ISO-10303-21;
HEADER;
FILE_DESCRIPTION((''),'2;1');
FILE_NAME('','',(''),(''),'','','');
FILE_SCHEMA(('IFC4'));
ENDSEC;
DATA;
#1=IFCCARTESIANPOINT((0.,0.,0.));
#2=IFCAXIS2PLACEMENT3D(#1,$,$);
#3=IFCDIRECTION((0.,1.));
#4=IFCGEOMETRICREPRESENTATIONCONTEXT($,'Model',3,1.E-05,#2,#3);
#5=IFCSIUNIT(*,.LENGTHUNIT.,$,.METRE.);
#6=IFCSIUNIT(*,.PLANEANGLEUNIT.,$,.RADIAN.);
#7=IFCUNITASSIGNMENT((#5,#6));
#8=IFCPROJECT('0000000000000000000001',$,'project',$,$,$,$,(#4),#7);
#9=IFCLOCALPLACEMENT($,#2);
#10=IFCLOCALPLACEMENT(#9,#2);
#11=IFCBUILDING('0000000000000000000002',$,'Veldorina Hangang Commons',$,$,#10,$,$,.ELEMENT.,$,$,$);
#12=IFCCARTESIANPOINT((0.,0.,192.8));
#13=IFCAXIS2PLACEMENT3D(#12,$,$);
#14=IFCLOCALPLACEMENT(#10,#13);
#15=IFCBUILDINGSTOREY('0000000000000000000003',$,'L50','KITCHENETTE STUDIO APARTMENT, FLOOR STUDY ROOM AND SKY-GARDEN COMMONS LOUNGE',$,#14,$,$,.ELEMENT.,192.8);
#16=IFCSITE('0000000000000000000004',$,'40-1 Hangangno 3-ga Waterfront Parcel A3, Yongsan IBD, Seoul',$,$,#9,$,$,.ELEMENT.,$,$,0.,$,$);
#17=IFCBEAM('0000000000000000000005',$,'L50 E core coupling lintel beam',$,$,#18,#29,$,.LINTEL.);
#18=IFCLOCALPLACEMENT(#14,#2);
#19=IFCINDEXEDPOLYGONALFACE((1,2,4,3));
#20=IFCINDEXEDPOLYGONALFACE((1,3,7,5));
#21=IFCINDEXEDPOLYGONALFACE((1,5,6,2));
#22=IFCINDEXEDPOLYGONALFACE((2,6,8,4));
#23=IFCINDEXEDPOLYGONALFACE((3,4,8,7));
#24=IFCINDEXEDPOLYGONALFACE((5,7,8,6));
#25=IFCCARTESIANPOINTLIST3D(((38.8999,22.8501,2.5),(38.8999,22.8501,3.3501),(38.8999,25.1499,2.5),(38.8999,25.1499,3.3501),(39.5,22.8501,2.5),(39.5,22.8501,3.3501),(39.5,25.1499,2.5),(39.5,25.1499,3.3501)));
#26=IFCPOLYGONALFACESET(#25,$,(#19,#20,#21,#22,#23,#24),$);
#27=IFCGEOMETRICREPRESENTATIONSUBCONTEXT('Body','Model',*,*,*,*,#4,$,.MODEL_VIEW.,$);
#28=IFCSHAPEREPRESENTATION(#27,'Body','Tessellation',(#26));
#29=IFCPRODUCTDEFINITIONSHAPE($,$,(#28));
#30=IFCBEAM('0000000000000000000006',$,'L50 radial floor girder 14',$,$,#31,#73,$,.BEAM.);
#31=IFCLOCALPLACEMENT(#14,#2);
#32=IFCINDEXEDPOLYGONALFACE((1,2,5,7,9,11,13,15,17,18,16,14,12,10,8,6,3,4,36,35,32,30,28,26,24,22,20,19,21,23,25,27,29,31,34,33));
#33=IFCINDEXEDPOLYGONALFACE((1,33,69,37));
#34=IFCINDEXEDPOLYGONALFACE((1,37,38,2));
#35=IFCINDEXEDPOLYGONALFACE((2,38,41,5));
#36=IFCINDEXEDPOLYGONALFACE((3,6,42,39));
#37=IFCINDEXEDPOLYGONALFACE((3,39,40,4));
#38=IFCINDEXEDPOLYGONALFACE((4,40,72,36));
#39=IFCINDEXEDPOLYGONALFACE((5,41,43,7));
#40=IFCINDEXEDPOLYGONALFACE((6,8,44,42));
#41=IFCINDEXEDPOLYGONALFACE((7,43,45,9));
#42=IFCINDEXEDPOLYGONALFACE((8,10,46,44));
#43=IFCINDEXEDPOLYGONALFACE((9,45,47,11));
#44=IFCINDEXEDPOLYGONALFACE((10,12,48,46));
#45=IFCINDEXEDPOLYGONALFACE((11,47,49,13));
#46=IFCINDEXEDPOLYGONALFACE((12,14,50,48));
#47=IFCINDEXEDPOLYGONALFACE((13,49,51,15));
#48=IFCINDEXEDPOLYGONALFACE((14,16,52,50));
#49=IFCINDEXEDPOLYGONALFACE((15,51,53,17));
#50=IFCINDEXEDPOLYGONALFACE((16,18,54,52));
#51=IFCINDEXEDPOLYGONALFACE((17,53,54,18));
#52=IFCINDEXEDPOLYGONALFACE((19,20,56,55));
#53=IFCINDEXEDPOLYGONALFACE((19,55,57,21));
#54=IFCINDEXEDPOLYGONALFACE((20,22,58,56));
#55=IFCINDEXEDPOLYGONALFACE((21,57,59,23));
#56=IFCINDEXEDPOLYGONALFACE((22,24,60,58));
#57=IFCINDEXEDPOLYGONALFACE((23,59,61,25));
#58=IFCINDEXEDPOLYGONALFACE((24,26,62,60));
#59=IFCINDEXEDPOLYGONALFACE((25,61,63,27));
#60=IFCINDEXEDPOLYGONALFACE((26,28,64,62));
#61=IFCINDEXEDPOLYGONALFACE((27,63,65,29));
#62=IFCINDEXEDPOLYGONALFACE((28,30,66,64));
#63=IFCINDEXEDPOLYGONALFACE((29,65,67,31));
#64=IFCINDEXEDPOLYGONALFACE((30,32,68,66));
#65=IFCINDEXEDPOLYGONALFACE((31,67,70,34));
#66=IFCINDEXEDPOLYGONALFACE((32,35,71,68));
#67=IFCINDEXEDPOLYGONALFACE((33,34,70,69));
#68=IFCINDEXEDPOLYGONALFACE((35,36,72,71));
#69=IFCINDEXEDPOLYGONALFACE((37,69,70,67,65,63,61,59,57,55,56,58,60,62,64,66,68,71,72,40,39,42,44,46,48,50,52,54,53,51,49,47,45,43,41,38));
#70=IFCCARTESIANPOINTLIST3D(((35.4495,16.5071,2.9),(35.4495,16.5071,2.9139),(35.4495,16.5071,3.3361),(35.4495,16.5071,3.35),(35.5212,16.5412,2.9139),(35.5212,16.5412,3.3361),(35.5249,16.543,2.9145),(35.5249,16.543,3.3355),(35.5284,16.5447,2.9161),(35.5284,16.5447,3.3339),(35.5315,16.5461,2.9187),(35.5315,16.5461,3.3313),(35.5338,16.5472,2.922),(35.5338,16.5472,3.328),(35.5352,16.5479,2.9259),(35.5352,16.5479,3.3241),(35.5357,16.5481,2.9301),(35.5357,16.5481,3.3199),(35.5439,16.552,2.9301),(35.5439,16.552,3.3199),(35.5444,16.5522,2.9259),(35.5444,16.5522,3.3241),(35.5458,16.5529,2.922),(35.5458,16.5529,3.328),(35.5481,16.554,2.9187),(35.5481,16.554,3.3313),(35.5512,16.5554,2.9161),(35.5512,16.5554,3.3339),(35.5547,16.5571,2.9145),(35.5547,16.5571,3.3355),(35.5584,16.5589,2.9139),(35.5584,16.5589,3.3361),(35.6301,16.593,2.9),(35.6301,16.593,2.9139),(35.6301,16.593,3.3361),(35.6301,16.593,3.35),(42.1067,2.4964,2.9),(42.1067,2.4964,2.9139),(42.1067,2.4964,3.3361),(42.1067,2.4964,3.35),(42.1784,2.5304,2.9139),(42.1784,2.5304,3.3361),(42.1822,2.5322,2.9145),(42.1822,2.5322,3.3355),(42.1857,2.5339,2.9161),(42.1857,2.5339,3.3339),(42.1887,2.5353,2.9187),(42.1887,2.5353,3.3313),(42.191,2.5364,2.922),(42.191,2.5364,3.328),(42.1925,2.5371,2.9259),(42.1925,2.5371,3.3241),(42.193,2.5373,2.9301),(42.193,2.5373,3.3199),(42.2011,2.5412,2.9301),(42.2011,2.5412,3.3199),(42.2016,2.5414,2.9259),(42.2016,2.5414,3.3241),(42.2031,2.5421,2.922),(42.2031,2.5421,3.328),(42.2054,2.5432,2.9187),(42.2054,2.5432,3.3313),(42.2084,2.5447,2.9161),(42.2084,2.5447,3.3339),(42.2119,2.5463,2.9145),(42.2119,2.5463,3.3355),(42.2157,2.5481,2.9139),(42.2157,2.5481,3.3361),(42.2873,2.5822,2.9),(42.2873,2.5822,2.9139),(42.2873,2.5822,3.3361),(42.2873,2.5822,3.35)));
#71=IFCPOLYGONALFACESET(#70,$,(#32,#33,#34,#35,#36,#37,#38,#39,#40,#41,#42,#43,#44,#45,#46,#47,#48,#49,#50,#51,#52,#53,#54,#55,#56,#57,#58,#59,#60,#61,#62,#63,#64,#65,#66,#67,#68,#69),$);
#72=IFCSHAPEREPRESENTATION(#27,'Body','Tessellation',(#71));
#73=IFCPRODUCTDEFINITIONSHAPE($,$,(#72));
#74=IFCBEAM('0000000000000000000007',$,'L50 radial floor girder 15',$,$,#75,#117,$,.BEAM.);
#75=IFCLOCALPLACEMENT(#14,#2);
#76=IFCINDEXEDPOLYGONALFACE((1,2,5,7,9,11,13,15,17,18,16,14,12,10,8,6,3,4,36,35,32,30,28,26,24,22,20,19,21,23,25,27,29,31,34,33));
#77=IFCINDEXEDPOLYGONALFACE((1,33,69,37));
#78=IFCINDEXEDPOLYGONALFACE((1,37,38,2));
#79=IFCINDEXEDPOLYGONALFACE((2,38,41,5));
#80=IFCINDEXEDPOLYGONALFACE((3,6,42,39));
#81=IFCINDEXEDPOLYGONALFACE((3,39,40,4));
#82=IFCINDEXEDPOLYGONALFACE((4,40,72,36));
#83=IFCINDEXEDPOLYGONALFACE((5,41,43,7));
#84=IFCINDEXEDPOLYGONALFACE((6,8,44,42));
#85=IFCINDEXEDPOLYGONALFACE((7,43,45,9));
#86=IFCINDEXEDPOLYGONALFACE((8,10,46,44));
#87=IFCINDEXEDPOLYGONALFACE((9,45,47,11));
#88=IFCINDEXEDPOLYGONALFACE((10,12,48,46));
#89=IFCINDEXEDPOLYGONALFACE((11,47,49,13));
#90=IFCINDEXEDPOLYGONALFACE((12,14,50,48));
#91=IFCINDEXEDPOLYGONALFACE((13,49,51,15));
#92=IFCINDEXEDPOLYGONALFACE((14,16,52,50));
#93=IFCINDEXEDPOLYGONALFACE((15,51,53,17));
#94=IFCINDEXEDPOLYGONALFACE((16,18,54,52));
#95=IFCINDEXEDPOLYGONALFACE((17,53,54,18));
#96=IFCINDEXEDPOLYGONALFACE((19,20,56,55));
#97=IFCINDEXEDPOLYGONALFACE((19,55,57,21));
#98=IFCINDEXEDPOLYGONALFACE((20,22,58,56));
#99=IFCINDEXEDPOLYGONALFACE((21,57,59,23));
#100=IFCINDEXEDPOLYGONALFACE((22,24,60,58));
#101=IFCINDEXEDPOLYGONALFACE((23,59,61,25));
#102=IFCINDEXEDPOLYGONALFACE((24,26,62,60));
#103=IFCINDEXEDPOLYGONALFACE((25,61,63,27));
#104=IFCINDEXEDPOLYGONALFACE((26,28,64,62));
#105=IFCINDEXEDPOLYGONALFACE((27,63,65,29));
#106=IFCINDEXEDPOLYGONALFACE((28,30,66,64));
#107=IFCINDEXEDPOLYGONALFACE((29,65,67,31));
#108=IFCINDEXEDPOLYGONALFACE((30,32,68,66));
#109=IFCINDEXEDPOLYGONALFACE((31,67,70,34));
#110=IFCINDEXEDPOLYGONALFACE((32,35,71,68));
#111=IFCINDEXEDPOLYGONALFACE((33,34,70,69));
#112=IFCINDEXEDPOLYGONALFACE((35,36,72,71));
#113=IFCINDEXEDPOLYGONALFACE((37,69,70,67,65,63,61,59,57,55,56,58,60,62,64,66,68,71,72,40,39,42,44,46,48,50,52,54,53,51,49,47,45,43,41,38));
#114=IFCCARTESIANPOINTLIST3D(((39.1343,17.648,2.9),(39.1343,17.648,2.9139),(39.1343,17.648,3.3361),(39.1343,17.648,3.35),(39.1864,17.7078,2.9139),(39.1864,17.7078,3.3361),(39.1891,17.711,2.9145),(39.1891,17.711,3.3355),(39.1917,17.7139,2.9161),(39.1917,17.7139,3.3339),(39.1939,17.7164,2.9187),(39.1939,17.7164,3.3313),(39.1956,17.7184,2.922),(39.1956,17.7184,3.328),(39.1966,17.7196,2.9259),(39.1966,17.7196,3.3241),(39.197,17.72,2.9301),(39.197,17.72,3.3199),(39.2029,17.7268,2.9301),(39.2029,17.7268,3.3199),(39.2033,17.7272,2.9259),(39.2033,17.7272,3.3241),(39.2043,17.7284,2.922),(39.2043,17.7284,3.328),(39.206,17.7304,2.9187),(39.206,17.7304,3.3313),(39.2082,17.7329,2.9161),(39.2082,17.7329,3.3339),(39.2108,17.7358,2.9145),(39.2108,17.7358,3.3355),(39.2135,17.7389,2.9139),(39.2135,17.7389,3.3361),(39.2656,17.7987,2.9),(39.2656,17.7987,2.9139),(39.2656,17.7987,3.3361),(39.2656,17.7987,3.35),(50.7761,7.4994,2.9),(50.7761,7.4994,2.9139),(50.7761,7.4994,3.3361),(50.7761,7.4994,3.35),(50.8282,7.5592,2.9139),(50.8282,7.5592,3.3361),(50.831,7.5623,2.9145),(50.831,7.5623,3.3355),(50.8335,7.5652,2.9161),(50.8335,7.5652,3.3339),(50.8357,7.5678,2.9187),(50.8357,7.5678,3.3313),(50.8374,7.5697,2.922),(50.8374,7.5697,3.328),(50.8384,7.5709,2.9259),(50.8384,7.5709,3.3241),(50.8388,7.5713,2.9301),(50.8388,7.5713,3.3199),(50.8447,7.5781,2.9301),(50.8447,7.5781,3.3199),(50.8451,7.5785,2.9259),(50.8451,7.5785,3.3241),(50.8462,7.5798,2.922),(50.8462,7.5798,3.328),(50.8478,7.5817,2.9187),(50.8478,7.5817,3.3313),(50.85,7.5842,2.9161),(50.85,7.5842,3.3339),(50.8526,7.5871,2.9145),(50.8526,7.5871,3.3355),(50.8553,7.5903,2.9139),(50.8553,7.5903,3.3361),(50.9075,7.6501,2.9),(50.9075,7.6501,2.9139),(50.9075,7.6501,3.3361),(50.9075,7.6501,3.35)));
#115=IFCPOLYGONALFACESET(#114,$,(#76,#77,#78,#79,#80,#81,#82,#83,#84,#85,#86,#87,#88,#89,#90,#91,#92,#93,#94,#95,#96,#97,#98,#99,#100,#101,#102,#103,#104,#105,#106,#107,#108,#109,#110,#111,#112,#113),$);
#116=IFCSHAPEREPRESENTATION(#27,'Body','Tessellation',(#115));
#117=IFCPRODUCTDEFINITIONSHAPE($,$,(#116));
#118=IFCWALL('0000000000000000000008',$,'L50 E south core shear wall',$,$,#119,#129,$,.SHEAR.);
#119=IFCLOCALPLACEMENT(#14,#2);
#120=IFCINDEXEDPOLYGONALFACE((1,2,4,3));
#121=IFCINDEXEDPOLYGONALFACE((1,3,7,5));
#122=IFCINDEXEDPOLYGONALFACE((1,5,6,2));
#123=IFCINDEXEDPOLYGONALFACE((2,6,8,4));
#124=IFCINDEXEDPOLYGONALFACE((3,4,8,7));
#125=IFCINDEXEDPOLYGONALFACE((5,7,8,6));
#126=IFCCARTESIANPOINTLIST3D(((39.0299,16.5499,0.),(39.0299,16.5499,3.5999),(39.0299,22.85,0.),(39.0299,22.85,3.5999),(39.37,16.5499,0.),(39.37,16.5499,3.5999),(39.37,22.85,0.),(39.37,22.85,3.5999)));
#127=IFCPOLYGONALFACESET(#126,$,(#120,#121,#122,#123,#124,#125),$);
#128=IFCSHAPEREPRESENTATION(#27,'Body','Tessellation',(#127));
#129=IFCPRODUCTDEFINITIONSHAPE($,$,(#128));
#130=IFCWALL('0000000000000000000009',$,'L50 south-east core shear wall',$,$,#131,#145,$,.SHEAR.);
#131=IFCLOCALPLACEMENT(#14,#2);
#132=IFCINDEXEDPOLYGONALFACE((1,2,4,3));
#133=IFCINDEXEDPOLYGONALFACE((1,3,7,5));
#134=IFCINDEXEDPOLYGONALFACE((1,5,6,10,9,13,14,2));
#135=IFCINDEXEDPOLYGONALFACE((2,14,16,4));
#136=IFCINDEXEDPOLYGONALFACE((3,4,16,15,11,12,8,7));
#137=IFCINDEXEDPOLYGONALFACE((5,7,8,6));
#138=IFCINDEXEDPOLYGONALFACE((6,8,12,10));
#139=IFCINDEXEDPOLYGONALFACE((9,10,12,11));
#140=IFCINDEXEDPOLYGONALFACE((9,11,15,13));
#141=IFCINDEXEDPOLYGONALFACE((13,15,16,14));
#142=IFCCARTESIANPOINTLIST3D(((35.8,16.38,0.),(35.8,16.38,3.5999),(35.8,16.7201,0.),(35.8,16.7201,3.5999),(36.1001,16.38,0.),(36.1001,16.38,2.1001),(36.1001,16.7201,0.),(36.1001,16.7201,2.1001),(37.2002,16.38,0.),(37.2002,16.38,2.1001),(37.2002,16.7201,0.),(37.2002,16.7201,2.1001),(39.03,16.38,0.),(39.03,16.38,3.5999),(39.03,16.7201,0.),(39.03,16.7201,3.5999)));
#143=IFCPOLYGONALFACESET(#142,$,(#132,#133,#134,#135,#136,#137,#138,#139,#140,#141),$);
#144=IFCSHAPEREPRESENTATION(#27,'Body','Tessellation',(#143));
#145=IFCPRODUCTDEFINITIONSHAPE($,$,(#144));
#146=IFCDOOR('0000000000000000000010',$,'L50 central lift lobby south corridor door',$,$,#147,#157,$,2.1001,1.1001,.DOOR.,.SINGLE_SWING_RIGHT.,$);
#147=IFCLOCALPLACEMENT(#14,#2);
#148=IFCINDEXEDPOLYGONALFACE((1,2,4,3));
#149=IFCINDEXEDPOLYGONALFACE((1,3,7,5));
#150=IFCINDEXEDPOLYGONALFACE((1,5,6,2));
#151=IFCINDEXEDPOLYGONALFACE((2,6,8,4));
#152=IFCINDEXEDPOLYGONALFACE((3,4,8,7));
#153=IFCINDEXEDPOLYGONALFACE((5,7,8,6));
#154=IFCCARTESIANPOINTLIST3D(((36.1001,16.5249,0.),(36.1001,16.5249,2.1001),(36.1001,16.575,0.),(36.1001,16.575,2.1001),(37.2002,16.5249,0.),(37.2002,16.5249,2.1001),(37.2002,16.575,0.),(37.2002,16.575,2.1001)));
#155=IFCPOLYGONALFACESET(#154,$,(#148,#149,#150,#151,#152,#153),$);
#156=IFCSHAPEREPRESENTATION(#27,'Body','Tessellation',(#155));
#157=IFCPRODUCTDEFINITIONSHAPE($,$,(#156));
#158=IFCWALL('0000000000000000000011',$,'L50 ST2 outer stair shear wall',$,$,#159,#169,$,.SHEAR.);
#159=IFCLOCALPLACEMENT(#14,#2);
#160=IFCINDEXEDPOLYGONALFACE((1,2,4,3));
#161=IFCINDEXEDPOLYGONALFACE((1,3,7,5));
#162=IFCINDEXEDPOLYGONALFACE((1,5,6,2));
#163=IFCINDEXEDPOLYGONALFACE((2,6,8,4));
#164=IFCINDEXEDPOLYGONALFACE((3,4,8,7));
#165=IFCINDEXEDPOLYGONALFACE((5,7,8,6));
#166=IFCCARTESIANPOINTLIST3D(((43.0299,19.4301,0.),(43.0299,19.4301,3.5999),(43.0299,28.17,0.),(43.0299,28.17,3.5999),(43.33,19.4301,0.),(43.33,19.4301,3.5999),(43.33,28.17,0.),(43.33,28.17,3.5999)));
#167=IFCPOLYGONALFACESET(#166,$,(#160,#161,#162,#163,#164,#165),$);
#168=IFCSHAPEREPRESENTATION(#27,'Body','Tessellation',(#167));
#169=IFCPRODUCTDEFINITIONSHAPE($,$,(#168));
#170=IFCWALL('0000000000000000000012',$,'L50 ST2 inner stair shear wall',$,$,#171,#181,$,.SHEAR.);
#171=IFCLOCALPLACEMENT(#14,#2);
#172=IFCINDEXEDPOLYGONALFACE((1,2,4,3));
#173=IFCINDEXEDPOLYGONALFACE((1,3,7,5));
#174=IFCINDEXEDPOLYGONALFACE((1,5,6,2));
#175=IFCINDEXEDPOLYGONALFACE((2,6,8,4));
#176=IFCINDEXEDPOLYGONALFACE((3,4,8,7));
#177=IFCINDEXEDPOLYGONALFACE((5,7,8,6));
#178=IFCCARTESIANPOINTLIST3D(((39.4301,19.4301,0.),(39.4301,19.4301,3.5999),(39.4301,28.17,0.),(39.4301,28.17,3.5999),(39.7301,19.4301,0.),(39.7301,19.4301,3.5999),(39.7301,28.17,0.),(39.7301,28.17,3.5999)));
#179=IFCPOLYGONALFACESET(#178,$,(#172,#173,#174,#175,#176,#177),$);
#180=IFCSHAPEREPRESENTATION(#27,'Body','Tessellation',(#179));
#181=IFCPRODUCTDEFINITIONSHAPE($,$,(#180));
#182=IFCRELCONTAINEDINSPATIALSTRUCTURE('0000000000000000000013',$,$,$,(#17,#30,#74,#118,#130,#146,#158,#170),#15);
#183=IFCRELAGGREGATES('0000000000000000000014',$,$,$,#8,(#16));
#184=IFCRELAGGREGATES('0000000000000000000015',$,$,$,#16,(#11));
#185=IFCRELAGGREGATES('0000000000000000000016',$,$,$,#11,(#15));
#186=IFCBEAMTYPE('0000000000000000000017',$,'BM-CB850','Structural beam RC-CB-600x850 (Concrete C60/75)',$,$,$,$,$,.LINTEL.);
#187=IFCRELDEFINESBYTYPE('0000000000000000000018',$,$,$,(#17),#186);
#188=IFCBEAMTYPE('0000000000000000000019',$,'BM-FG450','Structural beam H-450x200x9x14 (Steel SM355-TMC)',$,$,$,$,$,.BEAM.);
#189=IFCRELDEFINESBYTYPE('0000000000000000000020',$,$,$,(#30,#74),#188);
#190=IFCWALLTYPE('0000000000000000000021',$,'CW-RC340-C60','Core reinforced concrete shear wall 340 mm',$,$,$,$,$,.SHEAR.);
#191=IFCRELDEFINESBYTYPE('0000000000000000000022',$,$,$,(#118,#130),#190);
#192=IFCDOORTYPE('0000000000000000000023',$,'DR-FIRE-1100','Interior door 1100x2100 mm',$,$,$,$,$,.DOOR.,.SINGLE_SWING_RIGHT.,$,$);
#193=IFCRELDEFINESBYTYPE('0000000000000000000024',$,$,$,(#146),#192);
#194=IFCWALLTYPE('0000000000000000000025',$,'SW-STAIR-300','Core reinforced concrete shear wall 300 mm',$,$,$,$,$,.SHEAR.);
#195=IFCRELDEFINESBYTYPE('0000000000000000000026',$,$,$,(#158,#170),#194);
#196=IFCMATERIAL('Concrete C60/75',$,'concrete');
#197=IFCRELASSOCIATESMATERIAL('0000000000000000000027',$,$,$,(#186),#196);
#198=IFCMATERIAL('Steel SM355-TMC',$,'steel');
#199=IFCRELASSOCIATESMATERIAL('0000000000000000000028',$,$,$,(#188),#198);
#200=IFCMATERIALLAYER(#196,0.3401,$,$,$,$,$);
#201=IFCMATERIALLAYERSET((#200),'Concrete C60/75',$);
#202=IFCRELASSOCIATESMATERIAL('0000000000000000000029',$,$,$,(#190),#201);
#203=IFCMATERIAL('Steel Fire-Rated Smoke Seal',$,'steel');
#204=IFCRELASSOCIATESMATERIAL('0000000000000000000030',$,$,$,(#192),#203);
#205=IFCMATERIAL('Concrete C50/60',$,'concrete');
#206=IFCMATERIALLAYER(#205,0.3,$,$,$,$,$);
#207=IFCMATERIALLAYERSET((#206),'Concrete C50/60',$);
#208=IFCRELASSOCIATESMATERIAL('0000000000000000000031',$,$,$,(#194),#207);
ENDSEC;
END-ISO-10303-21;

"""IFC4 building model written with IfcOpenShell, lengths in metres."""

from ifc_helpers import new_model, si_unit, direction, frame, frame_2d, origin, origin_2d, place, context, subcontext, project, spatial, rectangle, i_section, extrude, material, layer, layer_set, material_profile, profile_set, type_object, element, fill, save


model = new_model("IFC4")

# Units and contexts
model_context = context("Model", 3, precision=1e-05, world=origin(), true_north=direction((0.0, 1.0)))
body_context = subcontext(model_context, "Body", "Model", "MODEL_VIEW")
ifc_project = project(units=[si_unit("LENGTHUNIT", "METRE"), si_unit("PLANEANGLEUNIT", "RADIAN")], contexts=[model_context])

# Site, building, storey
site_placement = place(None, origin())
site = spatial("IfcSite", under=ifc_project, at=site_placement, Name="40-1 Hangangno 3-ga Waterfront Parcel A3, Yongsan IBD, Seoul", CompositionType="ELEMENT", RefElevation=0.0)
building_placement = place(site_placement, origin())
building = spatial("IfcBuilding", under=site, at=building_placement, Name="Veldorina Hangang Commons", CompositionType="ELEMENT")
storey_placement = place(building_placement, frame((0.0, 0.0, 192.8)))
storey = spatial("IfcBuildingStorey", under=building, at=storey_placement, Name="L50", Description="KITCHENETTE STUDIO APARTMENT, FLOOR STUDY ROOM AND SKY-GARDEN COMMONS LOUNGE", CompositionType="ELEMENT", Elevation=192.8)

# Beams
ifc_material_1 = material(Name="Concrete C60/75", Category="concrete")
ifc_material_profile_1 = material_profile(ifc_material_1, rectangle(XDim=0.6001, YDim=0.8501, at=origin_2d()), Name="RC-CB-600x850")
ifc_profile_set_1 = profile_set([ifc_material_profile_1], Name="Concrete C60/75")
beam_type_1 = type_object("IfcBeamType", Name="BM-CB850", Description="Structural beam RC-CB-600x850 (Concrete C60/75)", PredefinedType="LINTEL", material=ifc_profile_set_1)
beam_1_placement = place(storey_placement, frame((39.2, 22.8501, 2.925), z_axis=(0.0, 1.0, 0.0), x_axis=(-1.0, 0.0, 0.0)))
element("IfcBeam", 1, at=beam_1_placement, inside=storey, type_object=beam_type_1, Name="L50 E core coupling lintel beam", PredefinedType="LINTEL", context=body_context, shape_type="SweptSolid", body=[
    extrude(rectangle(XDim=0.6001, YDim=0.8501, at=origin_2d()), origin(), (0.0, 0.0, 1.0), 2.2998),
])
ifc_material_2 = material(Name="Steel SM355-TMC", Category="steel")
ifc_material_profile_2 = material_profile(ifc_material_2, i_section(OverallWidth=0.2, OverallDepth=0.45, WebThickness=0.009, FlangeThickness=0.0139, FilletRadius=0.0161, at=origin_2d()), Name="H-450x200x9x14")
ifc_profile_set_2 = profile_set([ifc_material_profile_2], Name="Steel SM355-TMC")
beam_type_2 = type_object("IfcBeamType", Name="BM-FG450", Description="Structural beam H-450x200x9x14 (Steel SM355-TMC)", PredefinedType="BEAM", material=ifc_profile_set_2)
beam_2_placement = place(storey_placement, frame((35.5398, 16.55, 3.125), z_axis=(0.429169, -0.903224, 0.0), x_axis=(0.903224, 0.429169, 0.0)))
element("IfcBeam", 2, at=beam_2_placement, inside=storey, type_object=beam_type_2, Name="L50 radial floor girder 14", PredefinedType="BEAM", context=body_context, shape_type="SweptSolid", body=[
    extrude(i_section(OverallWidth=0.2, OverallDepth=0.45, WebThickness=0.009, FlangeThickness=0.0139, FilletRadius=0.0161, at=origin_2d()), origin(), (0.0, 0.0, 1.0), 15.512),
])
beam_3_placement = place(storey_placement, frame((39.2, 17.7234, 3.125), z_axis=(0.753793, -0.657112, 0.0), x_axis=(0.657112, 0.753793, 0.0)))
element("IfcBeam", 3, at=beam_3_placement, inside=storey, type_object=beam_type_2, Name="L50 radial floor girder 15", PredefinedType="BEAM", context=body_context, shape_type="SweptSolid", body=[
    extrude(i_section(OverallWidth=0.2, OverallDepth=0.45, WebThickness=0.009, FlangeThickness=0.0139, FilletRadius=0.0161, at=origin_2d()), origin(), (0.0, 0.0, 1.0), 15.4443),
])

# Wall
ifc_layer_1 = layer(ifc_material_1, 0.3401)
ifc_layer_set_1 = layer_set([ifc_layer_1], Name="Concrete C60/75")
wall_type_1 = type_object("IfcWallType", Name="CW-RC340-C60", Description="Core reinforced concrete shear wall 340 mm", PredefinedType="SHEAR", material=ifc_layer_set_1)
wall_1_placement = place(storey_placement, frame((39.2, 16.55, 0.0), z_axis=(0.0, 0.0, 1.0), x_axis=(0.0, 1.0, 0.0)))
element("IfcWall", 4, at=wall_1_placement, inside=storey, type_object=wall_type_1, Name="L50 E south core shear wall", PredefinedType="SHEAR", context=body_context, shape_type="SweptSolid", body=[
    extrude(rectangle(XDim=6.3, YDim=0.3401, at=frame_2d((3.1499, 0.0))), origin(), (0.0, 0.0, 1.0), 3.5999),
])

# Wall, opening, door
wall_2_placement = place(storey_placement, frame((35.8, 16.55, 0.0), z_axis=(0.0, 0.0, 1.0), x_axis=(1.0, 0.0, 0.0)))
wall_2 = element("IfcWall", 5, at=wall_2_placement, inside=storey, type_object=wall_type_1, Name="L50 south-east core shear wall", PredefinedType="SHEAR", context=body_context, shape_type="SweptSolid", body=[
    extrude(rectangle(XDim=3.23, YDim=0.3401, at=frame_2d((1.615, 0.0))), origin(), (0.0, 0.0, 1.0), 3.5999),
])
opening_1_placement = place(wall_2_placement, frame((0.3, 0.0, 0.0)))
opening_1 = element("IfcOpeningElement", 6, at=opening_1_placement, cuts=wall_2, PredefinedType="OPENING", context=body_context, shape_type="SweptSolid", body=[
    extrude(rectangle(XDim=1.1001, YDim=2.1001, at=frame_2d((0.55, 1.05))), frame((0.0, 0.1802, 0.0), z_axis=(0.0, -1.0, 0.0), x_axis=(1.0, 0.0, 0.0)), (0.0, 0.0, 1.0), 0.3601),
])
ifc_material_3 = material(Name="Steel Fire-Rated Smoke Seal", Category="steel")
door_type_1 = type_object("IfcDoorType", Name="DR-FIRE-1100", Description="Interior door 1100x2100 mm", OperationType="SINGLE_SWING_RIGHT", PredefinedType="DOOR", material=ifc_material_3)
door_1_placement = place(opening_1_placement, origin())
door_1 = element("IfcDoor", 7, at=door_1_placement, inside=storey, type_object=door_type_1, Name="L50 central lift lobby south corridor door", OperationType="SINGLE_SWING_RIGHT", OverallHeight=2.1001, OverallWidth=1.1001, PredefinedType="DOOR", context=body_context, shape_type="SweptSolid", body=[
    extrude(rectangle(XDim=1.1001, YDim=2.1001, at=frame_2d((0.55, 1.05))), frame((0.0, 0.0249, 0.0), z_axis=(0.0, -1.0, 0.0), x_axis=(1.0, 0.0, 0.0)), (0.0, 0.0, 1.0), 0.05),
])
fill(opening_1, door_1)

# Walls
ifc_material_4 = material(Name="Concrete C50/60", Category="concrete")
ifc_layer_2 = layer(ifc_material_4, 0.3)
ifc_layer_set_2 = layer_set([ifc_layer_2], Name="Concrete C50/60")
wall_type_2 = type_object("IfcWallType", Name="SW-STAIR-300", Description="Core reinforced concrete shear wall 300 mm", PredefinedType="SHEAR", material=ifc_layer_set_2)
for number, where, z_axis, x_axis, name in (
    (8, (43.1799, 19.4299, 0.0), (0.0, 0.0, 1.0), (0.0, 1.0, 0.0), "L50 ST2 outer stair shear wall"),
    (9, (39.5801, 19.4299, 0.0), (0.0, 0.0, 1.0), (0.0, 1.0, 0.0), "L50 ST2 inner stair shear wall"),
):
    element("IfcWall", number, at=place(storey_placement, frame(where, z_axis=z_axis, x_axis=x_axis)), inside=storey, type_object=wall_type_2, Name=name, PredefinedType="SHEAR", context=body_context, shape_type="SweptSolid", body=[
        extrude(rectangle(XDim=8.74, YDim=0.3, at=frame_2d((4.3701, 0.0))), origin(), (0.0, 0.0, 1.0), 3.5999),
    ])

save(model, "model.ifc")
